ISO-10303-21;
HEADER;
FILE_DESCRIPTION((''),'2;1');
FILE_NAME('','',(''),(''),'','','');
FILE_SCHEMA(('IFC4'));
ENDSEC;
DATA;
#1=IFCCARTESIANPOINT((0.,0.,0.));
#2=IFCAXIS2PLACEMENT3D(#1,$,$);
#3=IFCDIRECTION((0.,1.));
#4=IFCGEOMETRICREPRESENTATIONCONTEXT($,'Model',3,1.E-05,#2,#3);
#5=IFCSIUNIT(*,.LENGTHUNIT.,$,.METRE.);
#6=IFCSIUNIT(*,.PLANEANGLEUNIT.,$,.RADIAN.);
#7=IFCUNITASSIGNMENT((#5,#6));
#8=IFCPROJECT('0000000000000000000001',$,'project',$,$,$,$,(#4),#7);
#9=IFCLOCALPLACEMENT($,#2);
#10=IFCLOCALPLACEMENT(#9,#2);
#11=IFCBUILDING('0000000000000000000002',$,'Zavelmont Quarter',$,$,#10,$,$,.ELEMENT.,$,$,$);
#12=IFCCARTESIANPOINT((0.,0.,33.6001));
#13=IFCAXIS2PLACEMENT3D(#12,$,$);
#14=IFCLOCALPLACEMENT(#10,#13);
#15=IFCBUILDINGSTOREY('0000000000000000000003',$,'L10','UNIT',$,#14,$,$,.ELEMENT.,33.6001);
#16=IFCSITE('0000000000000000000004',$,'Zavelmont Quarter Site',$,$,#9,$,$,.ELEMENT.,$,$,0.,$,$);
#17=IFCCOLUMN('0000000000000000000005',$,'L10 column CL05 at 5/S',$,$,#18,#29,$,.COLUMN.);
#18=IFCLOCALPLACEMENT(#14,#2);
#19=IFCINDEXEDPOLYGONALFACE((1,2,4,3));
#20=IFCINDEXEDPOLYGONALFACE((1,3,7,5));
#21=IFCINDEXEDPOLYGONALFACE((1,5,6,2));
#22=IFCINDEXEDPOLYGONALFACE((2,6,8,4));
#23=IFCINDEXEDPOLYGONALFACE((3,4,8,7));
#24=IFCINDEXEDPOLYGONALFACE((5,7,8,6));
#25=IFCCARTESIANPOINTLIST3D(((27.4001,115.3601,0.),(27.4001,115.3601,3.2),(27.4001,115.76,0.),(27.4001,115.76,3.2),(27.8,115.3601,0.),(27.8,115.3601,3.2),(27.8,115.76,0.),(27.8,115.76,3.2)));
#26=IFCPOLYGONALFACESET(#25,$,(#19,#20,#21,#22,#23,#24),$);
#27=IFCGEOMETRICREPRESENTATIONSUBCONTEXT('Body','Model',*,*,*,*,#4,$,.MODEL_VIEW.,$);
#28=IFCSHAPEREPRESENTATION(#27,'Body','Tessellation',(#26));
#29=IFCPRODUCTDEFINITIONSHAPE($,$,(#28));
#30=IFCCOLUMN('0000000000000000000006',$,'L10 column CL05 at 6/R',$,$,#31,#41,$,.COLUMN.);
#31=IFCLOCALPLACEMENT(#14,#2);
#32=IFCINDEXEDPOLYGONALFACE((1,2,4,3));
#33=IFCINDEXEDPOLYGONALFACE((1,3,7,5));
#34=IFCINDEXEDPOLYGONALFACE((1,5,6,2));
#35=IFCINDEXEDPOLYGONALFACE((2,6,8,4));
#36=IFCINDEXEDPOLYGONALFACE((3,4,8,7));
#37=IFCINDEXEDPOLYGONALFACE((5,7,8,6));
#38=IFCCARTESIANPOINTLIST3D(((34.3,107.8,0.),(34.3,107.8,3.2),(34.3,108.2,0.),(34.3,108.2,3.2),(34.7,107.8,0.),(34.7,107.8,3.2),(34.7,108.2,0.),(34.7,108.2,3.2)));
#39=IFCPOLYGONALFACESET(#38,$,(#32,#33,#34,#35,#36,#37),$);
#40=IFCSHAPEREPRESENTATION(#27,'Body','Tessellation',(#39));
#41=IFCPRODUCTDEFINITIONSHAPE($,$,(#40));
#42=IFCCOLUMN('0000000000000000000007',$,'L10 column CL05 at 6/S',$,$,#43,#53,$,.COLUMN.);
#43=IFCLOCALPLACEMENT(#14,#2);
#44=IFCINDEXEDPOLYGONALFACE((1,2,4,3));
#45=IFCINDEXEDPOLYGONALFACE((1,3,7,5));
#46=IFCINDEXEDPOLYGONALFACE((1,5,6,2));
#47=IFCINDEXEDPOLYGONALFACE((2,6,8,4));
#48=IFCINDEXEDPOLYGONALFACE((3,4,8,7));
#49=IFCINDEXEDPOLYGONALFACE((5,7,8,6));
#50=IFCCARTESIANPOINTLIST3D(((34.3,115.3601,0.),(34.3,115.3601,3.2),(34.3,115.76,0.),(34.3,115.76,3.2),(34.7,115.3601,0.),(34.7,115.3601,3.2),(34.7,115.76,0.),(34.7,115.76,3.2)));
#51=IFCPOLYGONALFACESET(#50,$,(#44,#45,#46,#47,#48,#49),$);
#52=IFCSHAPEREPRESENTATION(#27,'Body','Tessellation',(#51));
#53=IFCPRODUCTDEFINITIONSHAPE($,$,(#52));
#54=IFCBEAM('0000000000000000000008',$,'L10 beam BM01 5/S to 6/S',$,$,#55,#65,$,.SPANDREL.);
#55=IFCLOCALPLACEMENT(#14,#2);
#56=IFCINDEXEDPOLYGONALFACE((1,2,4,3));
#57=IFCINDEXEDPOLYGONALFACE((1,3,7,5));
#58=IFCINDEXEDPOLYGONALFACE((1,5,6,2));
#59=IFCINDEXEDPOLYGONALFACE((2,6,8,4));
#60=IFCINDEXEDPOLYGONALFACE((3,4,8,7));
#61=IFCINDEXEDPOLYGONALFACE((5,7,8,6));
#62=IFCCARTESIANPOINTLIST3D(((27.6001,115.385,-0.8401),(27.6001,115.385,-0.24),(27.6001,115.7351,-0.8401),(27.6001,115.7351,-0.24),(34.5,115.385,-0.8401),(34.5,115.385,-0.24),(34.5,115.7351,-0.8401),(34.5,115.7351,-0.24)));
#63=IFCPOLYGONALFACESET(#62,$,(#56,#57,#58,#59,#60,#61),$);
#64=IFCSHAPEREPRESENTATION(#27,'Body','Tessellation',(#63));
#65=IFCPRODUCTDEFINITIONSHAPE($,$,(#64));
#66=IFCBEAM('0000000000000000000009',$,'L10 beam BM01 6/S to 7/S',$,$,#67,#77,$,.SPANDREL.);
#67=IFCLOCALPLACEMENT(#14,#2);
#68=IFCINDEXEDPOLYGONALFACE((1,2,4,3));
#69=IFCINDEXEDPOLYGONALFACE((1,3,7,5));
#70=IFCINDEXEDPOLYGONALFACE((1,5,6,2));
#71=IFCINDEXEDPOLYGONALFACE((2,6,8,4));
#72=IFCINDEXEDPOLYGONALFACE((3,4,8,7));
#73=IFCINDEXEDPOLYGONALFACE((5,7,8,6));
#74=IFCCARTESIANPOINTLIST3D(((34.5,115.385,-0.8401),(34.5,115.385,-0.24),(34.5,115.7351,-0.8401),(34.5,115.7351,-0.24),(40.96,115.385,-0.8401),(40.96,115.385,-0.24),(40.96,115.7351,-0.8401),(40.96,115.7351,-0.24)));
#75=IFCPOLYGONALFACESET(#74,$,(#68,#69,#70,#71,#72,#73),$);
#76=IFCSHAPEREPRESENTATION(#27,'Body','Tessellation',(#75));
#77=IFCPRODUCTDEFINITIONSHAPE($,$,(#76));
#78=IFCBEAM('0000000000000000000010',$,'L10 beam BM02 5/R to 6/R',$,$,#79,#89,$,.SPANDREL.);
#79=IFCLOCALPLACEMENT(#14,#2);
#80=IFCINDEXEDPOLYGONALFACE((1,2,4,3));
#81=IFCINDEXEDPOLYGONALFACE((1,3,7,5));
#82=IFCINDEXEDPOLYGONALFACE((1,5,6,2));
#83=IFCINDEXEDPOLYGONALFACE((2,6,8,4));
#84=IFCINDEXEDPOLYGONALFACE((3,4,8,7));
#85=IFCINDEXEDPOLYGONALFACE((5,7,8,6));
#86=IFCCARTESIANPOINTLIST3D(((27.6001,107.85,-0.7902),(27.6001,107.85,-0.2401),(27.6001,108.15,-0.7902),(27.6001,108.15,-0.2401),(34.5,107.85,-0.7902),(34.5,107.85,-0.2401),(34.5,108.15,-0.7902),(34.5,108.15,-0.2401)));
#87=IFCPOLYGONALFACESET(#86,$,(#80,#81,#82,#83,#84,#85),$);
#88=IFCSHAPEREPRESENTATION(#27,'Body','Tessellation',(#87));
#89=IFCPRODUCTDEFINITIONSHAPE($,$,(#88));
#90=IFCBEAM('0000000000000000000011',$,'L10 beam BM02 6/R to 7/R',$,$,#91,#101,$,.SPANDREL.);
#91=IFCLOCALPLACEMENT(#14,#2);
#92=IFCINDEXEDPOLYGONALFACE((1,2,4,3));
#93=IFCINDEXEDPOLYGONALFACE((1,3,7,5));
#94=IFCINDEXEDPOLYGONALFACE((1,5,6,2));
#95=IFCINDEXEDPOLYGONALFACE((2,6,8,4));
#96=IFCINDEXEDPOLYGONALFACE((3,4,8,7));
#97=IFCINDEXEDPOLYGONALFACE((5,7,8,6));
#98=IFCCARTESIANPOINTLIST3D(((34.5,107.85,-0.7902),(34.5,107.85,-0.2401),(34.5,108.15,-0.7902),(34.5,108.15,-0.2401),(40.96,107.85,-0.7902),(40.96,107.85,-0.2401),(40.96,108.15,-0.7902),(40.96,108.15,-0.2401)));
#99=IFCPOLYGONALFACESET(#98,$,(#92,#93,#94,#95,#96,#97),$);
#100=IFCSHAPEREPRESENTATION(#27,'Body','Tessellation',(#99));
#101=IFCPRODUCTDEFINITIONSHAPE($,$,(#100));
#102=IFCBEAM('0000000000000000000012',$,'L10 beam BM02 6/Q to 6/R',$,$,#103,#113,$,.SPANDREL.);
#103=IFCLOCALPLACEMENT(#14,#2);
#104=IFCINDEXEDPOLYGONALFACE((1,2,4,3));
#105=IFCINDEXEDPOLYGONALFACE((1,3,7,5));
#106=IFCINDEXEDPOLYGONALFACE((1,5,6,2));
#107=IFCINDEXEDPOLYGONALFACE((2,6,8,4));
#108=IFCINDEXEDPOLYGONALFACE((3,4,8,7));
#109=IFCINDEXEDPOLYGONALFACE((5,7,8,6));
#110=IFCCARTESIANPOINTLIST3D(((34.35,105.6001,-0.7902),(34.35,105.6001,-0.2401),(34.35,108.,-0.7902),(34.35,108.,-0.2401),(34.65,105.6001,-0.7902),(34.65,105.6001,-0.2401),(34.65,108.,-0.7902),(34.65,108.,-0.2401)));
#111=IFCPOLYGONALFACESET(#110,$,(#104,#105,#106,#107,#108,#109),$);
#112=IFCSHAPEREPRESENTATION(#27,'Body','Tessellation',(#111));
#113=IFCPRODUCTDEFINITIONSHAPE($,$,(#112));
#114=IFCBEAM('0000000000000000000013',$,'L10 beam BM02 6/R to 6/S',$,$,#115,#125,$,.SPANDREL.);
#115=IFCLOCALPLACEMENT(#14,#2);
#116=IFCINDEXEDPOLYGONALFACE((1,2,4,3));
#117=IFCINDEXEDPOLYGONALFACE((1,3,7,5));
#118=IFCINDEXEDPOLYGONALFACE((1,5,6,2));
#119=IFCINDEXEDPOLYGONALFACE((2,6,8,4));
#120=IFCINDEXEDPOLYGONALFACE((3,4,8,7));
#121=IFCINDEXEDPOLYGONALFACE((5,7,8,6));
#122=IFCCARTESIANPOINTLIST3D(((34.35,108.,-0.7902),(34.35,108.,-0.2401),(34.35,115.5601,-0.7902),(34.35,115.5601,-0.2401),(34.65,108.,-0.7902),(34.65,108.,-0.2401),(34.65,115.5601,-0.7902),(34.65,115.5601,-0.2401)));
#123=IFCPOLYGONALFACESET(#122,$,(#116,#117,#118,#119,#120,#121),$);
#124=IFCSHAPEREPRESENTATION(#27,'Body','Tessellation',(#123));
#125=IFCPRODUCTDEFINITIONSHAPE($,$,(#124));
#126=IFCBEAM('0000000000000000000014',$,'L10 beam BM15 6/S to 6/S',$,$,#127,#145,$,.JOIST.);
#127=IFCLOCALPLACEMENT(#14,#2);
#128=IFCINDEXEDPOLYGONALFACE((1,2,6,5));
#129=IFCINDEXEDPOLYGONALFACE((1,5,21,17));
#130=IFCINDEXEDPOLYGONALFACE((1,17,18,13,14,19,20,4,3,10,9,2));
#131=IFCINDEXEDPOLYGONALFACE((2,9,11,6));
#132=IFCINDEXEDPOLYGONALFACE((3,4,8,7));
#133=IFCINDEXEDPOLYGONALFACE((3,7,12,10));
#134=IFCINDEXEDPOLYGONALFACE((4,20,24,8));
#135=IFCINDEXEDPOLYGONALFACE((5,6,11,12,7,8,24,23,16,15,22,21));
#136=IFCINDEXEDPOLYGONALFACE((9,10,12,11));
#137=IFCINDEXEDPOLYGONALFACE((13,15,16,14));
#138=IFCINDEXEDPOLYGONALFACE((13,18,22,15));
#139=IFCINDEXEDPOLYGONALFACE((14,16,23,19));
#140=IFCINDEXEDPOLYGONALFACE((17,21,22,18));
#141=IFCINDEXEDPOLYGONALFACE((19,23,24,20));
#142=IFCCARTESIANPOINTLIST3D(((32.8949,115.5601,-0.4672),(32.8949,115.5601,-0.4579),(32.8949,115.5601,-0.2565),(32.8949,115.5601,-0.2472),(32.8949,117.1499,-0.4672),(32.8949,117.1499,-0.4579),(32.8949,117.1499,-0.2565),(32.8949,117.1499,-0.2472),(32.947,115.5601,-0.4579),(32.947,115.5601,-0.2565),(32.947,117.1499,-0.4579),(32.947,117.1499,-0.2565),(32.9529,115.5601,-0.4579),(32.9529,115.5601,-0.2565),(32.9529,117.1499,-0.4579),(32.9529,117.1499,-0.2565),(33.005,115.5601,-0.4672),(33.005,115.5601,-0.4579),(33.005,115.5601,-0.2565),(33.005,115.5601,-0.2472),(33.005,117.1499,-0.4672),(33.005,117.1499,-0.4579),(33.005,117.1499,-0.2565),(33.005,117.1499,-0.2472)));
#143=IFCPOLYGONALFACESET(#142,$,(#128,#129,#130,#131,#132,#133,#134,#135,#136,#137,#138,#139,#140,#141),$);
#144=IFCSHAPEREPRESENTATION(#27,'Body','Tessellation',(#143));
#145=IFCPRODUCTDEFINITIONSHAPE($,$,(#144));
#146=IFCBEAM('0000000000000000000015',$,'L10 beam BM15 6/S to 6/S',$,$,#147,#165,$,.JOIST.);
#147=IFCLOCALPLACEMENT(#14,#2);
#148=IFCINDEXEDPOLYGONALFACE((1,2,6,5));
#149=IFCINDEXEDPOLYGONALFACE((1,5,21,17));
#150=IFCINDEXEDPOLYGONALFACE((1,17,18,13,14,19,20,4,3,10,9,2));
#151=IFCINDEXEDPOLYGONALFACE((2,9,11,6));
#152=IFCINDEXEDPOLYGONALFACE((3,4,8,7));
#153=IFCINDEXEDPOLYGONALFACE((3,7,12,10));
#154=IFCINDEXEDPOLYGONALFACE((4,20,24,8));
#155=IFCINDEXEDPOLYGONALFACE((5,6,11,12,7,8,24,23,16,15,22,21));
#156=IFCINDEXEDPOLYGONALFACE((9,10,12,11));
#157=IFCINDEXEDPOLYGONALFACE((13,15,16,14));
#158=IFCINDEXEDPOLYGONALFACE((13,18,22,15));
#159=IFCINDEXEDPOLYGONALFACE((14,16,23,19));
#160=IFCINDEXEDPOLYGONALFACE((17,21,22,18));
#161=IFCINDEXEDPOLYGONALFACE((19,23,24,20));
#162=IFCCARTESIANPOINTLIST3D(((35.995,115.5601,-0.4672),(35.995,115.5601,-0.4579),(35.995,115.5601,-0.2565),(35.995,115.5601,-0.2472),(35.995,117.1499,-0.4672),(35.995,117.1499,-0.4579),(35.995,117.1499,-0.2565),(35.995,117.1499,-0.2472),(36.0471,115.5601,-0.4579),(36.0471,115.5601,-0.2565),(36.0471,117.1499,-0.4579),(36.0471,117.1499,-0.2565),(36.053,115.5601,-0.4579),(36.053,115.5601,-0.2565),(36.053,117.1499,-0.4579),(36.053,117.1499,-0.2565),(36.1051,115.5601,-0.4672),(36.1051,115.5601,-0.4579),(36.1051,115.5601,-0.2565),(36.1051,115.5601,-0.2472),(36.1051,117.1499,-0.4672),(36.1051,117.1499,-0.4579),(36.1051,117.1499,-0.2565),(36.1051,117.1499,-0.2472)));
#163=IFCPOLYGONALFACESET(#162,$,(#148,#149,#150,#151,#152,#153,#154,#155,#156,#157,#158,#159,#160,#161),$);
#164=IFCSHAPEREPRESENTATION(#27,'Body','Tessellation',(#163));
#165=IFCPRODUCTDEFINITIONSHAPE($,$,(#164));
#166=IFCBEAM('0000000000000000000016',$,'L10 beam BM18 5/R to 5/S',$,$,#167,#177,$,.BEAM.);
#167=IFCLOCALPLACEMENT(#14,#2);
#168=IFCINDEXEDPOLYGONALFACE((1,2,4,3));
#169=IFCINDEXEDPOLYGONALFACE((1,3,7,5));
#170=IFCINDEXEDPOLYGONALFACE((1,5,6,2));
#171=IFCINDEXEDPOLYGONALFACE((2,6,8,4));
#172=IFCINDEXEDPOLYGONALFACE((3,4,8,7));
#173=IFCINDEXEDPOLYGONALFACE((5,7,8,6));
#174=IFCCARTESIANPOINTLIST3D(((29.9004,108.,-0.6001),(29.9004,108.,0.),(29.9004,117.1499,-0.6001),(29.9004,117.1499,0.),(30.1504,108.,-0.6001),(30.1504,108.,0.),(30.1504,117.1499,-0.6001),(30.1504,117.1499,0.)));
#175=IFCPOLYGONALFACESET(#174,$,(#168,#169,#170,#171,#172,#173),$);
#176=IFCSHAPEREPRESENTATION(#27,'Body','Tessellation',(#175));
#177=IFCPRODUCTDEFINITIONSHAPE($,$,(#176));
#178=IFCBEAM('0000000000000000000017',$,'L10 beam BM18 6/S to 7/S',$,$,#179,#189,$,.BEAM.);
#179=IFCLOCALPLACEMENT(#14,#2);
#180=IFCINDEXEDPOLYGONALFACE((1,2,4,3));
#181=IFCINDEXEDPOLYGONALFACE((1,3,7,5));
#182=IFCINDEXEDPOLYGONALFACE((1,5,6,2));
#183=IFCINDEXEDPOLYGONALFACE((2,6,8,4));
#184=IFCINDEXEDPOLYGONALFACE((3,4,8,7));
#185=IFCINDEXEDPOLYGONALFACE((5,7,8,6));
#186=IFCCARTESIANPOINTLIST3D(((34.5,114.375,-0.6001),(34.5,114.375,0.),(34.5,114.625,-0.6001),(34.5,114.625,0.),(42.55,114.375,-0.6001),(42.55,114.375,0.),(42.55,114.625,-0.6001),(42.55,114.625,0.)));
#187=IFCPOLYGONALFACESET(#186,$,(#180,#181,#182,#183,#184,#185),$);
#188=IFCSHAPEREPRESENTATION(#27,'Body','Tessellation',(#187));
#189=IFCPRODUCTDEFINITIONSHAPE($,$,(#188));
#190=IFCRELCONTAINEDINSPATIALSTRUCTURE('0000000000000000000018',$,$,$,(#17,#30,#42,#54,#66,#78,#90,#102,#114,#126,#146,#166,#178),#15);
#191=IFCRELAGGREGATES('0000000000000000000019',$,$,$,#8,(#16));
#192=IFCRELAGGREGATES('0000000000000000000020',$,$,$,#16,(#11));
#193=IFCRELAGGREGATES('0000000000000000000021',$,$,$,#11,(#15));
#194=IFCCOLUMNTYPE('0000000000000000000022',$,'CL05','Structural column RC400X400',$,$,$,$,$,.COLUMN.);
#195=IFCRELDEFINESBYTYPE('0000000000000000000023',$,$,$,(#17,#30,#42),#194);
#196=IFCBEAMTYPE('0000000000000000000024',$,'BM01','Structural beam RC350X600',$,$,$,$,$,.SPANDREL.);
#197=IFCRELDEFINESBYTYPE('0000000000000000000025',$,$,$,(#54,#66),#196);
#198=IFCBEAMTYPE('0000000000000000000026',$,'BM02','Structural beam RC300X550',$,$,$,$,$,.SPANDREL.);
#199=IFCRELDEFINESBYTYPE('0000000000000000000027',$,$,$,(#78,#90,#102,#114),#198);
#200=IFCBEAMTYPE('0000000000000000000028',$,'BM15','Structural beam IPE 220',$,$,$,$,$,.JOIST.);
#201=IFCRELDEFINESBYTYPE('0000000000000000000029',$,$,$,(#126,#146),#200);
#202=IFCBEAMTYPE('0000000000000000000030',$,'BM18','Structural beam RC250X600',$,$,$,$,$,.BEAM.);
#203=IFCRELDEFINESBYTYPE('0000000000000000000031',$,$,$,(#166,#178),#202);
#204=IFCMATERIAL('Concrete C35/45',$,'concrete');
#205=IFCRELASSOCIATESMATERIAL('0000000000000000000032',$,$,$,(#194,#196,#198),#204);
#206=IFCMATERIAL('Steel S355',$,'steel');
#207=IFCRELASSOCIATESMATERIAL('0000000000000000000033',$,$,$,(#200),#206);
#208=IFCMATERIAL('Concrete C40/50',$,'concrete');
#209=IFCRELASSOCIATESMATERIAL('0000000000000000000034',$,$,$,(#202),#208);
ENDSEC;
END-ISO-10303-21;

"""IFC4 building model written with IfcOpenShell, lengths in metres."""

from ifc_helpers import new_model, si_unit, direction, frame, origin, origin_2d, place, context, subcontext, project, spatial, rectangle, i_section, extrude, material, material_profile, profile_set, type_object, element, save


model = new_model("IFC4")

# Units and contexts
model_context = context("Model", 3, precision=1e-05, world=origin(), true_north=direction((0.0, 1.0)))
body_context = subcontext(model_context, "Body", "Model", "MODEL_VIEW")
ifc_project = project(units=[si_unit("LENGTHUNIT", "METRE"), si_unit("PLANEANGLEUNIT", "RADIAN")], contexts=[model_context])

# Site, building, storey
site_placement = place(None, origin())
site = spatial("IfcSite", under=ifc_project, at=site_placement, Name="Zavelmont Quarter Site", CompositionType="ELEMENT", RefElevation=0.0)
building_placement = place(site_placement, origin())
building = spatial("IfcBuilding", under=site, at=building_placement, Name="Zavelmont Quarter", CompositionType="ELEMENT")
storey_placement = place(building_placement, frame((0.0, 0.0, 33.6001)))
storey = spatial("IfcBuildingStorey", under=building, at=storey_placement, Name="L10", Description="UNIT", CompositionType="ELEMENT", Elevation=33.6001)

# Columns
ifc_material_1 = material(Name="Concrete C35/45", Category="concrete")
ifc_material_profile_1 = material_profile(ifc_material_1, rectangle(XDim=0.3999, YDim=0.3999, at=origin_2d()), Name="RC400X400")
ifc_profile_set_1 = profile_set([ifc_material_profile_1], Name="Concrete C35/45")
column_type = type_object("IfcColumnType", Name="CL05", Description="Structural column RC400X400", PredefinedType="COLUMN", material=ifc_profile_set_1)
for number, where, z_axis, x_axis, name in (
    (1, (27.6001, 115.5601, 0.0), (0.0, 0.0, 1.0), (1.0, 0.0, 0.0), "L10 column CL05 at 5/S"),
    (2, (34.5, 108.0, 0.0), (0.0, 0.0, 1.0), (1.0, 0.0, 0.0), "L10 column CL05 at 6/R"),
    (3, (34.5, 115.5601, 0.0), (0.0, 0.0, 1.0), (1.0, 0.0, 0.0), "L10 column CL05 at 6/S"),
):
    element("IfcColumn", number, at=place(storey_placement, frame(where, z_axis=z_axis, x_axis=x_axis)), inside=storey, type_object=column_type, Name=name, PredefinedType="COLUMN", context=body_context, shape_type="SweptSolid", body=[
        extrude(rectangle(XDim=0.3999, YDim=0.3999, at=origin_2d()), origin(), (0.0, 0.0, 1.0), 3.2),
    ])

# Beams
ifc_material_profile_2 = material_profile(ifc_material_1, rectangle(XDim=0.3501, YDim=0.6001, at=origin_2d()), Name="RC350X600")
ifc_profile_set_2 = profile_set([ifc_material_profile_2], Name="Concrete C35/45")
beam_type_1 = type_object("IfcBeamType", Name="BM01", Description="Structural beam RC350X600", PredefinedType="SPANDREL", material=ifc_profile_set_2)
beam_1_placement = place(storey_placement, frame((27.6001, 115.5601, -0.54), z_axis=(1.0, 0.0, 0.0), x_axis=(0.0, 1.0, 0.0)))
element("IfcBeam", 4, at=beam_1_placement, inside=storey, type_object=beam_type_1, Name="L10 beam BM01 5/S to 6/S", PredefinedType="SPANDREL", context=body_context, shape_type="SweptSolid", body=[
    extrude(rectangle(XDim=0.3501, YDim=0.6001, at=origin_2d()), origin(), (0.0, 0.0, 1.0), 6.8999),
])
beam_2_placement = place(storey_placement, frame((34.5, 115.5601, -0.54), z_axis=(1.0, 0.0, 0.0), x_axis=(0.0, 1.0, 0.0)))
element("IfcBeam", 5, at=beam_2_placement, inside=storey, type_object=beam_type_1, Name="L10 beam BM01 6/S to 7/S", PredefinedType="SPANDREL", context=body_context, shape_type="SweptSolid", body=[
    extrude(rectangle(XDim=0.3501, YDim=0.6001, at=origin_2d()), origin(), (0.0, 0.0, 1.0), 6.46),
])
ifc_material_profile_3 = material_profile(ifc_material_1, rectangle(XDim=0.3, YDim=0.55, at=origin_2d()), Name="RC300X550")
ifc_profile_set_3 = profile_set([ifc_material_profile_3], Name="Concrete C35/45")
beam_type_2 = type_object("IfcBeamType", Name="BM02", Description="Structural beam RC300X550", PredefinedType="SPANDREL", material=ifc_profile_set_3)
beam_3_placement = place(storey_placement, frame((27.6001, 108.0, -0.5151), z_axis=(1.0, 0.0, 0.0), x_axis=(0.0, 1.0, 0.0)))
element("IfcBeam", 6, at=beam_3_placement, inside=storey, type_object=beam_type_2, Name="L10 beam BM02 5/R to 6/R", PredefinedType="SPANDREL", context=body_context, shape_type="SweptSolid", body=[
    extrude(rectangle(XDim=0.3, YDim=0.55, at=origin_2d()), origin(), (0.0, 0.0, 1.0), 6.8999),
])
beam_4_placement = place(storey_placement, frame((34.5, 108.0, -0.5151), z_axis=(1.0, 0.0, 0.0), x_axis=(0.0, 1.0, 0.0)))
element("IfcBeam", 7, at=beam_4_placement, inside=storey, type_object=beam_type_2, Name="L10 beam BM02 6/R to 7/R", PredefinedType="SPANDREL", context=body_context, shape_type="SweptSolid", body=[
    extrude(rectangle(XDim=0.3, YDim=0.55, at=origin_2d()), origin(), (0.0, 0.0, 1.0), 6.46),
])
beam_5_placement = place(storey_placement, frame((34.5, 105.6001, -0.5151), z_axis=(0.0, 1.0, 0.0), x_axis=(-1.0, 0.0, 0.0)))
element("IfcBeam", 8, at=beam_5_placement, inside=storey, type_object=beam_type_2, Name="L10 beam BM02 6/Q to 6/R", PredefinedType="SPANDREL", context=body_context, shape_type="SweptSolid", body=[
    extrude(rectangle(XDim=0.3, YDim=0.55, at=origin_2d()), origin(), (0.0, 0.0, 1.0), 2.3999),
])
beam_6_placement = place(storey_placement, frame((34.5, 108.0, -0.5151), z_axis=(0.0, 1.0, 0.0), x_axis=(-1.0, 0.0, 0.0)))
element("IfcBeam", 9, at=beam_6_placement, inside=storey, type_object=beam_type_2, Name="L10 beam BM02 6/R to 6/S", PredefinedType="SPANDREL", context=body_context, shape_type="SweptSolid", body=[
    extrude(rectangle(XDim=0.3, YDim=0.55, at=origin_2d()), origin(), (0.0, 0.0, 1.0), 7.5601),
])
ifc_material_2 = material(Name="Steel S355", Category="steel")
ifc_material_profile_4 = material_profile(ifc_material_2, i_section(OverallWidth=0.1101, OverallDepth=0.22, WebThickness=0.0059, FlangeThickness=0.0093, at=origin_2d()), Name="IPE 220")
ifc_profile_set_4 = profile_set([ifc_material_profile_4], Name="Steel S355")
beam_type_3 = type_object("IfcBeamType", Name="BM15", Description="Structural beam IPE 220", PredefinedType="JOIST", material=ifc_profile_set_4)
for number, where, z_axis, x_axis, name in (
    (10, (32.95, 115.5601, -0.3572), (0.0, 1.0, 0.0), (-1.0, 0.0, 0.0), "L10 beam BM15 6/S to 6/S"),
    (11, (36.05, 115.5601, -0.3572), (0.0, 1.0, 0.0), (-1.0, 0.0, 0.0), "L10 beam BM15 6/S to 6/S"),
):
    element("IfcBeam", number, at=place(storey_placement, frame(where, z_axis=z_axis, x_axis=x_axis)), inside=storey, type_object=beam_type_3, Name=name, PredefinedType="JOIST", context=body_context, shape_type="SweptSolid", body=[
        extrude(i_section(OverallWidth=0.1101, OverallDepth=0.22, WebThickness=0.0059, FlangeThickness=0.0093, at=origin_2d()), origin(), (0.0, 0.0, 1.0), 1.5898),
    ])
ifc_material_3 = material(Name="Concrete C40/50", Category="concrete")
ifc_material_profile_5 = material_profile(ifc_material_3, rectangle(XDim=0.25, YDim=0.6001, at=origin_2d()), Name="RC250X600")
ifc_profile_set_5 = profile_set([ifc_material_profile_5], Name="Concrete C40/50")
beam_type_4 = type_object("IfcBeamType", Name="BM18", Description="Structural beam RC250X600", PredefinedType="BEAM", material=ifc_profile_set_5)
beam_7_placement = place(storey_placement, frame((30.0254, 108.0, -0.3), z_axis=(0.0, 1.0, 0.0), x_axis=(-1.0, 0.0, 0.0)))
element("IfcBeam", 12, at=beam_7_placement, inside=storey, type_object=beam_type_4, Name="L10 beam BM18 5/R to 5/S", PredefinedType="BEAM", context=body_context, shape_type="SweptSolid", body=[
    extrude(rectangle(XDim=0.25, YDim=0.6001, at=origin_2d()), origin(), (0.0, 0.0, 1.0), 9.1499),
])
beam_8_placement = place(storey_placement, frame((34.5, 114.5, -0.3), z_axis=(1.0, 0.0, 0.0), x_axis=(0.0, 1.0, 0.0)))
element("IfcBeam", 13, at=beam_8_placement, inside=storey, type_object=beam_type_4, Name="L10 beam BM18 6/S to 7/S", PredefinedType="BEAM", context=body_context, shape_type="SweptSolid", body=[
    extrude(rectangle(XDim=0.25, YDim=0.6001, at=origin_2d()), origin(), (0.0, 0.0, 1.0), 8.05),
])

save(model, "model.ifc")
